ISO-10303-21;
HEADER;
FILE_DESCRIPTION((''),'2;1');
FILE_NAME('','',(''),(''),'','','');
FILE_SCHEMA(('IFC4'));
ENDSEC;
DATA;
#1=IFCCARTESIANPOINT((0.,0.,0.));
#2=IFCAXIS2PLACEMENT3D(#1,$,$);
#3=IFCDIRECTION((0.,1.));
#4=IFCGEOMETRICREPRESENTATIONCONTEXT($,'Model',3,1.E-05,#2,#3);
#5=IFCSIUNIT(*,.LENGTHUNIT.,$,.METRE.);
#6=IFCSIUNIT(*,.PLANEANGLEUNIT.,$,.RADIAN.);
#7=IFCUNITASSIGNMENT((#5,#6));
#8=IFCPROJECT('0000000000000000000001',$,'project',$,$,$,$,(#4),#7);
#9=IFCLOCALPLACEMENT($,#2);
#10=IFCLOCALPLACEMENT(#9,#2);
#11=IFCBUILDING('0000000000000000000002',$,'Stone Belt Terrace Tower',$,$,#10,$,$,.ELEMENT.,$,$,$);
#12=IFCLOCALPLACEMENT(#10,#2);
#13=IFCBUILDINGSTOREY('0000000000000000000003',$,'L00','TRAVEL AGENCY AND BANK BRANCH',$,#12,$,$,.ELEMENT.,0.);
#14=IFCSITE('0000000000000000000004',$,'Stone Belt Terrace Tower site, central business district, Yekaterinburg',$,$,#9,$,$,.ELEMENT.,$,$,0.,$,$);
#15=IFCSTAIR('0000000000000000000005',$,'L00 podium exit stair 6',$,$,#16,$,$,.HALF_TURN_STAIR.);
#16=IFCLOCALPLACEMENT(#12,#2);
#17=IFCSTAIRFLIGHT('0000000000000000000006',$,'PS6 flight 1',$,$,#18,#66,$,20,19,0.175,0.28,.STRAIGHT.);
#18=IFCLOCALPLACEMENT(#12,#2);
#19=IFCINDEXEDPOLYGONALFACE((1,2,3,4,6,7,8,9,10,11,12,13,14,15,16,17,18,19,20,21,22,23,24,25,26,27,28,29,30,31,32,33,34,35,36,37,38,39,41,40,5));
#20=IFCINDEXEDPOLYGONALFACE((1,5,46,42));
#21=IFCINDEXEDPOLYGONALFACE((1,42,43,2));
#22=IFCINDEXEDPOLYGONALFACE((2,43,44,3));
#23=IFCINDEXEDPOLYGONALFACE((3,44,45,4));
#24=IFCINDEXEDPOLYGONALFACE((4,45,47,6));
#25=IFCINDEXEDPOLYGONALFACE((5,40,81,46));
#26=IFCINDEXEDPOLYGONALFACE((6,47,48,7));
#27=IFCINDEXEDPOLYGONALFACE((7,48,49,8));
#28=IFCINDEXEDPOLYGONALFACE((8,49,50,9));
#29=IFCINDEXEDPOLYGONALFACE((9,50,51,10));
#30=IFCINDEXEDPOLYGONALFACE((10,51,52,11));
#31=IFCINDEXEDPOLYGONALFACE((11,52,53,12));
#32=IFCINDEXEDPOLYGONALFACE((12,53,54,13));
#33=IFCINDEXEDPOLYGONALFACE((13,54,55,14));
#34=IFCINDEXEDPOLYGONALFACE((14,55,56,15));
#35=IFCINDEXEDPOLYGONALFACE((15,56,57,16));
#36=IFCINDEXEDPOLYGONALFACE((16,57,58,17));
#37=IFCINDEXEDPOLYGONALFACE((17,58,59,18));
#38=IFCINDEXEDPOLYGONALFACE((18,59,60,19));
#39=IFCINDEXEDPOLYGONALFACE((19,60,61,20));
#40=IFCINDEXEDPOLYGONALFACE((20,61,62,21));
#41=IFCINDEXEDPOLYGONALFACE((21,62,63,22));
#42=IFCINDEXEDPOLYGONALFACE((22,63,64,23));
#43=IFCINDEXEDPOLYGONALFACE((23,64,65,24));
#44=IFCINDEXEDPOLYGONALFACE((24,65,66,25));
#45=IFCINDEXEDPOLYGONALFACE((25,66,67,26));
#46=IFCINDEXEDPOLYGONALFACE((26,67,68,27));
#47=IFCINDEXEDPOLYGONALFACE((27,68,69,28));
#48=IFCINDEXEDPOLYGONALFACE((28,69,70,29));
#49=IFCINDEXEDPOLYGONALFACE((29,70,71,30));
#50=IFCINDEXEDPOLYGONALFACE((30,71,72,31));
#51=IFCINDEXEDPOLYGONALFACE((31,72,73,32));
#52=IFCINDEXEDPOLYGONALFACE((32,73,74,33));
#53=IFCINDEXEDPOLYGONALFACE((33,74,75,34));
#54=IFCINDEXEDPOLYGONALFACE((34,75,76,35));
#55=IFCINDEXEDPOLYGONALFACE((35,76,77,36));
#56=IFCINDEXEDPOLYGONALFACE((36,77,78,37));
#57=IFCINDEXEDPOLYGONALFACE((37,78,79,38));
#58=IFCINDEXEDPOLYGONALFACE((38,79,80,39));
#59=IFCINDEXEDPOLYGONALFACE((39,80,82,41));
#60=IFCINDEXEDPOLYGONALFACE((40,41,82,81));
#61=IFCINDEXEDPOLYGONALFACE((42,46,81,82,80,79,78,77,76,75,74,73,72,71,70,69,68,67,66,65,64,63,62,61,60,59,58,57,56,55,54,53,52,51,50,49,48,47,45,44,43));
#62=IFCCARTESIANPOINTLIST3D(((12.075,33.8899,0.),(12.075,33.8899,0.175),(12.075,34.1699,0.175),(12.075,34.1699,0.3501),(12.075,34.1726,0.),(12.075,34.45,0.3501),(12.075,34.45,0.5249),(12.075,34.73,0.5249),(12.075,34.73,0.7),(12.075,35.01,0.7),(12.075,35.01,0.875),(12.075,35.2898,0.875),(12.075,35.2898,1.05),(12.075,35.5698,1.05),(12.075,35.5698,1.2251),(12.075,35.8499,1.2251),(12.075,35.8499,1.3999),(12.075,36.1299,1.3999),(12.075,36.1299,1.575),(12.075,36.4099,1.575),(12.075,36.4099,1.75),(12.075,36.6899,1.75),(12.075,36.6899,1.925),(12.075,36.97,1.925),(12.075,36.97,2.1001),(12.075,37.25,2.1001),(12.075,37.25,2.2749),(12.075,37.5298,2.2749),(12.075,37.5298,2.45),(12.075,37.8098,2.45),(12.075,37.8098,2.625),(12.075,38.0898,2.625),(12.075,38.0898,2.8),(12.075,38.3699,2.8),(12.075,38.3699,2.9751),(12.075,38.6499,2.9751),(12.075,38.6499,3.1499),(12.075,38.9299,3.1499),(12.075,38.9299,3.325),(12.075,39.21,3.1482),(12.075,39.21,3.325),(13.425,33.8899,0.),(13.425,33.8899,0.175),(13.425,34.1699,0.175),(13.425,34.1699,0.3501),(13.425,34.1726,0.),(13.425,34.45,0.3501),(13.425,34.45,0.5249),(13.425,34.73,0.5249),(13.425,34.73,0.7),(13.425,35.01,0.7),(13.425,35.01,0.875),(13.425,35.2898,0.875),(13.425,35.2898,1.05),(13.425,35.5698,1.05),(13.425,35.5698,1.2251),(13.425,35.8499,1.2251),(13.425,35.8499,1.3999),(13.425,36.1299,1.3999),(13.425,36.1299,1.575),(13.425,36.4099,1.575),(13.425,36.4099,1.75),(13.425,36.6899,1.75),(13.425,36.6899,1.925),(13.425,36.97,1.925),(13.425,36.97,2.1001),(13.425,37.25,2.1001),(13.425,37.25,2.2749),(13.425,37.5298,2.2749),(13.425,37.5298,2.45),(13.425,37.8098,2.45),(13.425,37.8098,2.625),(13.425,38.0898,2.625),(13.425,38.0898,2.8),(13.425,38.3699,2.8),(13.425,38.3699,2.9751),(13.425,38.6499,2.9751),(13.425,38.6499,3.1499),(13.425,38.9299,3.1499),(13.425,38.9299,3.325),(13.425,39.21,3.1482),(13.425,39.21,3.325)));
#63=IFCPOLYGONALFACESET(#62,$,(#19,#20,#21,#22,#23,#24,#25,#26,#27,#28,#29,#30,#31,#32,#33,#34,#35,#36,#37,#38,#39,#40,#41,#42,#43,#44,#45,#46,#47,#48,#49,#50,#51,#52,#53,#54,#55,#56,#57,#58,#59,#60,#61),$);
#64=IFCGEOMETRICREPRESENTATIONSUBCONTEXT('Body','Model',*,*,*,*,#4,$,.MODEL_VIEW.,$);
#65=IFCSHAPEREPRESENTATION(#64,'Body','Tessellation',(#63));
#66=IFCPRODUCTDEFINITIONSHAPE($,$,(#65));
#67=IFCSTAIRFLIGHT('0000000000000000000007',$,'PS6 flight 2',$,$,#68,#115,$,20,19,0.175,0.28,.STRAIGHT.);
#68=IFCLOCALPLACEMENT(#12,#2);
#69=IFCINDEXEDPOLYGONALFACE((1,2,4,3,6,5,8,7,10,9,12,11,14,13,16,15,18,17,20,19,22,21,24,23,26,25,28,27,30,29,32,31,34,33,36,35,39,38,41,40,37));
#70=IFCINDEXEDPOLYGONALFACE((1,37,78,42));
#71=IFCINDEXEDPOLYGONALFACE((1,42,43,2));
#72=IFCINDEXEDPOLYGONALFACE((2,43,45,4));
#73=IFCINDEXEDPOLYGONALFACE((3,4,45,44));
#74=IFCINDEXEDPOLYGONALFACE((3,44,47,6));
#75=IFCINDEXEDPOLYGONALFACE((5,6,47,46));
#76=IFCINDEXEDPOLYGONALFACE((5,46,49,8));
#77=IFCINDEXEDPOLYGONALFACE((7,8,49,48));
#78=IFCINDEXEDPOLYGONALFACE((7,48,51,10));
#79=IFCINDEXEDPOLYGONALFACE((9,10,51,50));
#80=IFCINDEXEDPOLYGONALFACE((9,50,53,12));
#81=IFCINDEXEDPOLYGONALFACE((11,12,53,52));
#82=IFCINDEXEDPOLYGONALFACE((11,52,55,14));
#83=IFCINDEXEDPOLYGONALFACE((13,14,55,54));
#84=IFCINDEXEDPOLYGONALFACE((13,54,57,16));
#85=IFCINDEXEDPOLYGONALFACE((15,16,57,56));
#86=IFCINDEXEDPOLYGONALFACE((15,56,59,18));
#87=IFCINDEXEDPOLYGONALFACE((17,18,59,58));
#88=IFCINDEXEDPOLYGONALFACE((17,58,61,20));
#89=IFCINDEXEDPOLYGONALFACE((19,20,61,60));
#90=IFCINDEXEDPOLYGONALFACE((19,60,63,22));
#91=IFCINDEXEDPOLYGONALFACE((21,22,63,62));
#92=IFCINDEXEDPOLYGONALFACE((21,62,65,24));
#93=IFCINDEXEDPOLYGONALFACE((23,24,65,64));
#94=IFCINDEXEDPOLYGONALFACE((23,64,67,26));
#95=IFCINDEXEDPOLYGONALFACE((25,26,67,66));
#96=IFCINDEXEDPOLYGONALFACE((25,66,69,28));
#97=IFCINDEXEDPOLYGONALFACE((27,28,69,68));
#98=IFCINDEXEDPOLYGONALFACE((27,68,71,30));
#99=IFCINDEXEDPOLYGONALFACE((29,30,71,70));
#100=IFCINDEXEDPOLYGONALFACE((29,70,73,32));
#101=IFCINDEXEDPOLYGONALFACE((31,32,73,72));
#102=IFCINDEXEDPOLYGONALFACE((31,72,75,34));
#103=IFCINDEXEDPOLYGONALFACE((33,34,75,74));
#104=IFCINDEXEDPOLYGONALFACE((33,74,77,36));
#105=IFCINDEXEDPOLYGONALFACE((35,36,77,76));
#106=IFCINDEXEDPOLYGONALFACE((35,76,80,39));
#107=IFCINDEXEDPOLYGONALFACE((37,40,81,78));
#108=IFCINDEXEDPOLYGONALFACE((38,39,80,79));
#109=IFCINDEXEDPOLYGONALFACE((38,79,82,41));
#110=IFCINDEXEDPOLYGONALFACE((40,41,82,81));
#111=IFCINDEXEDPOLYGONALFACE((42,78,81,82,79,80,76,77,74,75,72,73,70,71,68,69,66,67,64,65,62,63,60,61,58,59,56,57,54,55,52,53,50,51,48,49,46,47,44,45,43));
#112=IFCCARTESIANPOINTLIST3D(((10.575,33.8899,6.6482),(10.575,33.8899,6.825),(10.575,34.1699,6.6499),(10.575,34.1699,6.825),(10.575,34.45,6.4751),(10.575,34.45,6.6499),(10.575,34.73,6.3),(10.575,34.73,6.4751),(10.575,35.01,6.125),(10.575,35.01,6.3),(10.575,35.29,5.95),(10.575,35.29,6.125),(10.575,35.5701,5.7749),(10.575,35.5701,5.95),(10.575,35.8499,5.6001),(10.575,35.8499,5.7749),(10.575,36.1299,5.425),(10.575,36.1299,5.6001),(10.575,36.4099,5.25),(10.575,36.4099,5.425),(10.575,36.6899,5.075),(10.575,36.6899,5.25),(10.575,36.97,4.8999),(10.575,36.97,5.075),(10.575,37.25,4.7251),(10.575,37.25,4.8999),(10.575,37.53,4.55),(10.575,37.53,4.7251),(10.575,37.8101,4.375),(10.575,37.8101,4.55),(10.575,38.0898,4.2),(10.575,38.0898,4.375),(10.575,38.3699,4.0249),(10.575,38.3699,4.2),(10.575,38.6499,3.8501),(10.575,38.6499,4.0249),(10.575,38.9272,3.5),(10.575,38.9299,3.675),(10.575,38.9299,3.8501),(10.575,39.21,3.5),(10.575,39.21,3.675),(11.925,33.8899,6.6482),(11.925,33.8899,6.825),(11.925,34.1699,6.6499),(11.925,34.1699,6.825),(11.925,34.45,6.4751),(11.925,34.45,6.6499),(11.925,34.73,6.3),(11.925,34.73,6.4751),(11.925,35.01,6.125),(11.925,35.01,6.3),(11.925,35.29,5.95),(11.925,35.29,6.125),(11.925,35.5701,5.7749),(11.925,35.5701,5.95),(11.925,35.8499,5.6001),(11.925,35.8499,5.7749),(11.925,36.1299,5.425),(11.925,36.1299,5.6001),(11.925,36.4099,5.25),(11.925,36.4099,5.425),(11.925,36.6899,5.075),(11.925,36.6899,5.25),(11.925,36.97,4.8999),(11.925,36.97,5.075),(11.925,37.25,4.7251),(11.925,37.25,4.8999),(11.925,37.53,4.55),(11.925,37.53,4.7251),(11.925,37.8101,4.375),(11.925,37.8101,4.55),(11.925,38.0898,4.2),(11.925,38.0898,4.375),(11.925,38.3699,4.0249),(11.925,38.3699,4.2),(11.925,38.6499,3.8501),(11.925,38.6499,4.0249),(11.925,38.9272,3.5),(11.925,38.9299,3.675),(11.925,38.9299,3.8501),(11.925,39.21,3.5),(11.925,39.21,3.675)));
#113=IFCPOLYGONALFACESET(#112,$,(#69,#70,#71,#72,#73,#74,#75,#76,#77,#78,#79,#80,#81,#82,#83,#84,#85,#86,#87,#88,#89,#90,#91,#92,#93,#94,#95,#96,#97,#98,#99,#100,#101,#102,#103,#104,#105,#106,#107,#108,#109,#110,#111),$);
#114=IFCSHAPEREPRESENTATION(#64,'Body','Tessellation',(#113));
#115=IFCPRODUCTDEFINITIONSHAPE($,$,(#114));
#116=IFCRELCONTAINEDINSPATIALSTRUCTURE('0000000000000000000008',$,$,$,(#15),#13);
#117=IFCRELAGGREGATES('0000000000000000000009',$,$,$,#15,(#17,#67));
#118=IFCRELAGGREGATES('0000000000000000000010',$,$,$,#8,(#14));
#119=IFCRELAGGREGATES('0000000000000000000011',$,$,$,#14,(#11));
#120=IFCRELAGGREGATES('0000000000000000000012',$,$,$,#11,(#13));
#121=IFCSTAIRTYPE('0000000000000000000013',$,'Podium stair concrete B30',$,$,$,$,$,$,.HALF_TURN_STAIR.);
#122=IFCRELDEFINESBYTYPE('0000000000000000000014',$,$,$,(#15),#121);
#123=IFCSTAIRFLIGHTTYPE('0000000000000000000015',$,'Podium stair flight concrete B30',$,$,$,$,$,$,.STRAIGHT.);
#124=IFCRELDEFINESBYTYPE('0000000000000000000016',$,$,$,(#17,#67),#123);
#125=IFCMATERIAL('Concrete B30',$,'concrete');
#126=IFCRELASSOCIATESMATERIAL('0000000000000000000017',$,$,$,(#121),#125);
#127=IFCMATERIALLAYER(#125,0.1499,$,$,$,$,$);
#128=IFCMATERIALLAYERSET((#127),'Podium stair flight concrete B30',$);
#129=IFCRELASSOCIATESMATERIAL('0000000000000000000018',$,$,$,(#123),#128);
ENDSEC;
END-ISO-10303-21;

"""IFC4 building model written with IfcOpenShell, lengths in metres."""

from ifc_helpers import new_model, si_unit, direction, frame, origin, place, context, subcontext, project, spatial, polyline, outline, extrude, material, layer, layer_set, type_object, element, aggregate, save


model = new_model("IFC4")

# Units and contexts
model_context = context("Model", 3, precision=1e-05, world=origin(), true_north=direction((0.0, 1.0)))
body_context = subcontext(model_context, "Body", "Model", "MODEL_VIEW")
ifc_project = project(units=[si_unit("LENGTHUNIT", "METRE"), si_unit("PLANEANGLEUNIT", "RADIAN")], contexts=[model_context])

# Site, building, storey
site_placement = place(None, origin())
site = spatial("IfcSite", under=ifc_project, at=site_placement, Name="Stone Belt Terrace Tower site, central business district, Yekaterinburg", CompositionType="ELEMENT", RefElevation=0.0)
building_placement = place(site_placement, origin())
building = spatial("IfcBuilding", under=site, at=building_placement, Name="Stone Belt Terrace Tower", CompositionType="ELEMENT")
storey_placement = place(building_placement, origin())
storey = spatial("IfcBuildingStorey", under=building, at=storey_placement, Name="L00", Description="TRAVEL AGENCY AND BANK BRANCH", CompositionType="ELEMENT", Elevation=0.0)

# Shared definitions
ifc_material_1 = material(Name="Concrete B30", Category="concrete")

# Stair, stair flights
stair_type = type_object("IfcStairType", Name="Podium stair concrete B30", PredefinedType="HALF_TURN_STAIR", material=ifc_material_1)
stair_placement = place(storey_placement, origin())
stair = element("IfcStair", 1, at=stair_placement, inside=storey, type_object=stair_type, Name="L00 podium exit stair 6", PredefinedType="HALF_TURN_STAIR")
ifc_layer_1 = layer(ifc_material_1, 0.1499)
ifc_layer_set_1 = layer_set([ifc_layer_1], Name="Podium stair flight concrete B30")
stair_flight_type = type_object("IfcStairFlightType", Name="Podium stair flight concrete B30", PredefinedType="STRAIGHT", material=ifc_layer_set_1)
stair_flight_1_placement = place(storey_placement, frame((12.75, 33.8899, 0.0), z_axis=(0.0, 0.0, 1.0), x_axis=(0.0, 1.0, 0.0)))
stair_flight_1 = element("IfcStairFlight", 2, at=stair_flight_1_placement, type_object=stair_flight_type, Name="PS6 flight 1", NumberOfRisers=20, NumberOfTreads=19, PredefinedType="STRAIGHT", RiserHeight=0.175, TreadLength=0.28, context=body_context, shape_type="SweptSolid", body=[
    extrude(outline(polyline([(0.0, 0.0), (0.0, 0.175), (0.28, 0.175), (0.28, 0.3501), (0.5601, 0.3501), (0.5601, 0.5249), (0.8401, 0.5249), (0.8401, 0.7), (1.1201, 0.7), (1.1201, 0.875), (1.3999, 0.875), (1.3999, 1.05), (1.6799, 1.05), (1.6799, 1.2251), (1.96, 1.2251), (1.96, 1.3999), (2.24, 1.3999), (2.24, 1.575), (2.52, 1.575), (2.52, 1.75), (2.8, 1.75), (2.8, 1.925), (3.0801, 1.925), (3.0801, 2.1001), (3.3601, 2.1001), (3.3601, 2.2749), (3.6399, 2.2749), (3.6399, 2.45), (3.9199, 2.45), (3.9199, 2.625), (4.2, 2.625), (4.2, 2.8), (4.48, 2.8), (4.48, 2.9751), (4.76, 2.9751), (4.76, 3.1499), (5.04, 3.1499), (5.04, 3.325), (5.3201, 3.325), (5.3201, 3.5), (5.3201, 3.1482), (0.2827, 0.0), (0.0, 0.0)])), frame((0.0, 0.675, 0.0), z_axis=(0.0, -1.0, 0.0), x_axis=(1.0, 0.0, 0.0)), (0.0, 0.0, 1.0), 1.3501),
])
stair_flight_2_placement = place(storey_placement, frame((11.25, 39.21, 3.5), z_axis=(0.0, 0.0, 1.0), x_axis=(0.0, -1.0, 0.0)))
stair_flight_2 = element("IfcStairFlight", 3, at=stair_flight_2_placement, type_object=stair_flight_type, Name="PS6 flight 2", NumberOfRisers=20, NumberOfTreads=19, PredefinedType="STRAIGHT", RiserHeight=0.175, TreadLength=0.28, context=body_context, shape_type="SweptSolid", body=[
    extrude(outline(polyline([(0.0, 0.0), (0.0, 0.175), (0.28, 0.175), (0.28, 0.3501), (0.5601, 0.3501), (0.5601, 0.5249), (0.8401, 0.5249), (0.8401, 0.7), (1.1201, 0.7), (1.1201, 0.875), (1.3999, 0.875), (1.3999, 1.05), (1.6799, 1.05), (1.6799, 1.2251), (1.96, 1.2251), (1.96, 1.3999), (2.24, 1.3999), (2.24, 1.575), (2.52, 1.575), (2.52, 1.75), (2.8, 1.75), (2.8, 1.925), (3.0801, 1.925), (3.0801, 2.1001), (3.3601, 2.1001), (3.3601, 2.2749), (3.6399, 2.2749), (3.6399, 2.45), (3.9199, 2.45), (3.9199, 2.625), (4.2, 2.625), (4.2, 2.8), (4.48, 2.8), (4.48, 2.9751), (4.76, 2.9751), (4.76, 3.1499), (5.04, 3.1499), (5.04, 3.325), (5.3201, 3.325), (5.3201, 3.5), (5.3201, 3.1482), (0.2827, 0.0), (0.0, 0.0)])), frame((0.0, 0.675, 0.0), z_axis=(0.0, -1.0, 0.0), x_axis=(1.0, 0.0, 0.0)), (0.0, 0.0, 1.0), 1.3501),
])
aggregate(stair, [stair_flight_1, stair_flight_2])

save(model, "model.ifc")
